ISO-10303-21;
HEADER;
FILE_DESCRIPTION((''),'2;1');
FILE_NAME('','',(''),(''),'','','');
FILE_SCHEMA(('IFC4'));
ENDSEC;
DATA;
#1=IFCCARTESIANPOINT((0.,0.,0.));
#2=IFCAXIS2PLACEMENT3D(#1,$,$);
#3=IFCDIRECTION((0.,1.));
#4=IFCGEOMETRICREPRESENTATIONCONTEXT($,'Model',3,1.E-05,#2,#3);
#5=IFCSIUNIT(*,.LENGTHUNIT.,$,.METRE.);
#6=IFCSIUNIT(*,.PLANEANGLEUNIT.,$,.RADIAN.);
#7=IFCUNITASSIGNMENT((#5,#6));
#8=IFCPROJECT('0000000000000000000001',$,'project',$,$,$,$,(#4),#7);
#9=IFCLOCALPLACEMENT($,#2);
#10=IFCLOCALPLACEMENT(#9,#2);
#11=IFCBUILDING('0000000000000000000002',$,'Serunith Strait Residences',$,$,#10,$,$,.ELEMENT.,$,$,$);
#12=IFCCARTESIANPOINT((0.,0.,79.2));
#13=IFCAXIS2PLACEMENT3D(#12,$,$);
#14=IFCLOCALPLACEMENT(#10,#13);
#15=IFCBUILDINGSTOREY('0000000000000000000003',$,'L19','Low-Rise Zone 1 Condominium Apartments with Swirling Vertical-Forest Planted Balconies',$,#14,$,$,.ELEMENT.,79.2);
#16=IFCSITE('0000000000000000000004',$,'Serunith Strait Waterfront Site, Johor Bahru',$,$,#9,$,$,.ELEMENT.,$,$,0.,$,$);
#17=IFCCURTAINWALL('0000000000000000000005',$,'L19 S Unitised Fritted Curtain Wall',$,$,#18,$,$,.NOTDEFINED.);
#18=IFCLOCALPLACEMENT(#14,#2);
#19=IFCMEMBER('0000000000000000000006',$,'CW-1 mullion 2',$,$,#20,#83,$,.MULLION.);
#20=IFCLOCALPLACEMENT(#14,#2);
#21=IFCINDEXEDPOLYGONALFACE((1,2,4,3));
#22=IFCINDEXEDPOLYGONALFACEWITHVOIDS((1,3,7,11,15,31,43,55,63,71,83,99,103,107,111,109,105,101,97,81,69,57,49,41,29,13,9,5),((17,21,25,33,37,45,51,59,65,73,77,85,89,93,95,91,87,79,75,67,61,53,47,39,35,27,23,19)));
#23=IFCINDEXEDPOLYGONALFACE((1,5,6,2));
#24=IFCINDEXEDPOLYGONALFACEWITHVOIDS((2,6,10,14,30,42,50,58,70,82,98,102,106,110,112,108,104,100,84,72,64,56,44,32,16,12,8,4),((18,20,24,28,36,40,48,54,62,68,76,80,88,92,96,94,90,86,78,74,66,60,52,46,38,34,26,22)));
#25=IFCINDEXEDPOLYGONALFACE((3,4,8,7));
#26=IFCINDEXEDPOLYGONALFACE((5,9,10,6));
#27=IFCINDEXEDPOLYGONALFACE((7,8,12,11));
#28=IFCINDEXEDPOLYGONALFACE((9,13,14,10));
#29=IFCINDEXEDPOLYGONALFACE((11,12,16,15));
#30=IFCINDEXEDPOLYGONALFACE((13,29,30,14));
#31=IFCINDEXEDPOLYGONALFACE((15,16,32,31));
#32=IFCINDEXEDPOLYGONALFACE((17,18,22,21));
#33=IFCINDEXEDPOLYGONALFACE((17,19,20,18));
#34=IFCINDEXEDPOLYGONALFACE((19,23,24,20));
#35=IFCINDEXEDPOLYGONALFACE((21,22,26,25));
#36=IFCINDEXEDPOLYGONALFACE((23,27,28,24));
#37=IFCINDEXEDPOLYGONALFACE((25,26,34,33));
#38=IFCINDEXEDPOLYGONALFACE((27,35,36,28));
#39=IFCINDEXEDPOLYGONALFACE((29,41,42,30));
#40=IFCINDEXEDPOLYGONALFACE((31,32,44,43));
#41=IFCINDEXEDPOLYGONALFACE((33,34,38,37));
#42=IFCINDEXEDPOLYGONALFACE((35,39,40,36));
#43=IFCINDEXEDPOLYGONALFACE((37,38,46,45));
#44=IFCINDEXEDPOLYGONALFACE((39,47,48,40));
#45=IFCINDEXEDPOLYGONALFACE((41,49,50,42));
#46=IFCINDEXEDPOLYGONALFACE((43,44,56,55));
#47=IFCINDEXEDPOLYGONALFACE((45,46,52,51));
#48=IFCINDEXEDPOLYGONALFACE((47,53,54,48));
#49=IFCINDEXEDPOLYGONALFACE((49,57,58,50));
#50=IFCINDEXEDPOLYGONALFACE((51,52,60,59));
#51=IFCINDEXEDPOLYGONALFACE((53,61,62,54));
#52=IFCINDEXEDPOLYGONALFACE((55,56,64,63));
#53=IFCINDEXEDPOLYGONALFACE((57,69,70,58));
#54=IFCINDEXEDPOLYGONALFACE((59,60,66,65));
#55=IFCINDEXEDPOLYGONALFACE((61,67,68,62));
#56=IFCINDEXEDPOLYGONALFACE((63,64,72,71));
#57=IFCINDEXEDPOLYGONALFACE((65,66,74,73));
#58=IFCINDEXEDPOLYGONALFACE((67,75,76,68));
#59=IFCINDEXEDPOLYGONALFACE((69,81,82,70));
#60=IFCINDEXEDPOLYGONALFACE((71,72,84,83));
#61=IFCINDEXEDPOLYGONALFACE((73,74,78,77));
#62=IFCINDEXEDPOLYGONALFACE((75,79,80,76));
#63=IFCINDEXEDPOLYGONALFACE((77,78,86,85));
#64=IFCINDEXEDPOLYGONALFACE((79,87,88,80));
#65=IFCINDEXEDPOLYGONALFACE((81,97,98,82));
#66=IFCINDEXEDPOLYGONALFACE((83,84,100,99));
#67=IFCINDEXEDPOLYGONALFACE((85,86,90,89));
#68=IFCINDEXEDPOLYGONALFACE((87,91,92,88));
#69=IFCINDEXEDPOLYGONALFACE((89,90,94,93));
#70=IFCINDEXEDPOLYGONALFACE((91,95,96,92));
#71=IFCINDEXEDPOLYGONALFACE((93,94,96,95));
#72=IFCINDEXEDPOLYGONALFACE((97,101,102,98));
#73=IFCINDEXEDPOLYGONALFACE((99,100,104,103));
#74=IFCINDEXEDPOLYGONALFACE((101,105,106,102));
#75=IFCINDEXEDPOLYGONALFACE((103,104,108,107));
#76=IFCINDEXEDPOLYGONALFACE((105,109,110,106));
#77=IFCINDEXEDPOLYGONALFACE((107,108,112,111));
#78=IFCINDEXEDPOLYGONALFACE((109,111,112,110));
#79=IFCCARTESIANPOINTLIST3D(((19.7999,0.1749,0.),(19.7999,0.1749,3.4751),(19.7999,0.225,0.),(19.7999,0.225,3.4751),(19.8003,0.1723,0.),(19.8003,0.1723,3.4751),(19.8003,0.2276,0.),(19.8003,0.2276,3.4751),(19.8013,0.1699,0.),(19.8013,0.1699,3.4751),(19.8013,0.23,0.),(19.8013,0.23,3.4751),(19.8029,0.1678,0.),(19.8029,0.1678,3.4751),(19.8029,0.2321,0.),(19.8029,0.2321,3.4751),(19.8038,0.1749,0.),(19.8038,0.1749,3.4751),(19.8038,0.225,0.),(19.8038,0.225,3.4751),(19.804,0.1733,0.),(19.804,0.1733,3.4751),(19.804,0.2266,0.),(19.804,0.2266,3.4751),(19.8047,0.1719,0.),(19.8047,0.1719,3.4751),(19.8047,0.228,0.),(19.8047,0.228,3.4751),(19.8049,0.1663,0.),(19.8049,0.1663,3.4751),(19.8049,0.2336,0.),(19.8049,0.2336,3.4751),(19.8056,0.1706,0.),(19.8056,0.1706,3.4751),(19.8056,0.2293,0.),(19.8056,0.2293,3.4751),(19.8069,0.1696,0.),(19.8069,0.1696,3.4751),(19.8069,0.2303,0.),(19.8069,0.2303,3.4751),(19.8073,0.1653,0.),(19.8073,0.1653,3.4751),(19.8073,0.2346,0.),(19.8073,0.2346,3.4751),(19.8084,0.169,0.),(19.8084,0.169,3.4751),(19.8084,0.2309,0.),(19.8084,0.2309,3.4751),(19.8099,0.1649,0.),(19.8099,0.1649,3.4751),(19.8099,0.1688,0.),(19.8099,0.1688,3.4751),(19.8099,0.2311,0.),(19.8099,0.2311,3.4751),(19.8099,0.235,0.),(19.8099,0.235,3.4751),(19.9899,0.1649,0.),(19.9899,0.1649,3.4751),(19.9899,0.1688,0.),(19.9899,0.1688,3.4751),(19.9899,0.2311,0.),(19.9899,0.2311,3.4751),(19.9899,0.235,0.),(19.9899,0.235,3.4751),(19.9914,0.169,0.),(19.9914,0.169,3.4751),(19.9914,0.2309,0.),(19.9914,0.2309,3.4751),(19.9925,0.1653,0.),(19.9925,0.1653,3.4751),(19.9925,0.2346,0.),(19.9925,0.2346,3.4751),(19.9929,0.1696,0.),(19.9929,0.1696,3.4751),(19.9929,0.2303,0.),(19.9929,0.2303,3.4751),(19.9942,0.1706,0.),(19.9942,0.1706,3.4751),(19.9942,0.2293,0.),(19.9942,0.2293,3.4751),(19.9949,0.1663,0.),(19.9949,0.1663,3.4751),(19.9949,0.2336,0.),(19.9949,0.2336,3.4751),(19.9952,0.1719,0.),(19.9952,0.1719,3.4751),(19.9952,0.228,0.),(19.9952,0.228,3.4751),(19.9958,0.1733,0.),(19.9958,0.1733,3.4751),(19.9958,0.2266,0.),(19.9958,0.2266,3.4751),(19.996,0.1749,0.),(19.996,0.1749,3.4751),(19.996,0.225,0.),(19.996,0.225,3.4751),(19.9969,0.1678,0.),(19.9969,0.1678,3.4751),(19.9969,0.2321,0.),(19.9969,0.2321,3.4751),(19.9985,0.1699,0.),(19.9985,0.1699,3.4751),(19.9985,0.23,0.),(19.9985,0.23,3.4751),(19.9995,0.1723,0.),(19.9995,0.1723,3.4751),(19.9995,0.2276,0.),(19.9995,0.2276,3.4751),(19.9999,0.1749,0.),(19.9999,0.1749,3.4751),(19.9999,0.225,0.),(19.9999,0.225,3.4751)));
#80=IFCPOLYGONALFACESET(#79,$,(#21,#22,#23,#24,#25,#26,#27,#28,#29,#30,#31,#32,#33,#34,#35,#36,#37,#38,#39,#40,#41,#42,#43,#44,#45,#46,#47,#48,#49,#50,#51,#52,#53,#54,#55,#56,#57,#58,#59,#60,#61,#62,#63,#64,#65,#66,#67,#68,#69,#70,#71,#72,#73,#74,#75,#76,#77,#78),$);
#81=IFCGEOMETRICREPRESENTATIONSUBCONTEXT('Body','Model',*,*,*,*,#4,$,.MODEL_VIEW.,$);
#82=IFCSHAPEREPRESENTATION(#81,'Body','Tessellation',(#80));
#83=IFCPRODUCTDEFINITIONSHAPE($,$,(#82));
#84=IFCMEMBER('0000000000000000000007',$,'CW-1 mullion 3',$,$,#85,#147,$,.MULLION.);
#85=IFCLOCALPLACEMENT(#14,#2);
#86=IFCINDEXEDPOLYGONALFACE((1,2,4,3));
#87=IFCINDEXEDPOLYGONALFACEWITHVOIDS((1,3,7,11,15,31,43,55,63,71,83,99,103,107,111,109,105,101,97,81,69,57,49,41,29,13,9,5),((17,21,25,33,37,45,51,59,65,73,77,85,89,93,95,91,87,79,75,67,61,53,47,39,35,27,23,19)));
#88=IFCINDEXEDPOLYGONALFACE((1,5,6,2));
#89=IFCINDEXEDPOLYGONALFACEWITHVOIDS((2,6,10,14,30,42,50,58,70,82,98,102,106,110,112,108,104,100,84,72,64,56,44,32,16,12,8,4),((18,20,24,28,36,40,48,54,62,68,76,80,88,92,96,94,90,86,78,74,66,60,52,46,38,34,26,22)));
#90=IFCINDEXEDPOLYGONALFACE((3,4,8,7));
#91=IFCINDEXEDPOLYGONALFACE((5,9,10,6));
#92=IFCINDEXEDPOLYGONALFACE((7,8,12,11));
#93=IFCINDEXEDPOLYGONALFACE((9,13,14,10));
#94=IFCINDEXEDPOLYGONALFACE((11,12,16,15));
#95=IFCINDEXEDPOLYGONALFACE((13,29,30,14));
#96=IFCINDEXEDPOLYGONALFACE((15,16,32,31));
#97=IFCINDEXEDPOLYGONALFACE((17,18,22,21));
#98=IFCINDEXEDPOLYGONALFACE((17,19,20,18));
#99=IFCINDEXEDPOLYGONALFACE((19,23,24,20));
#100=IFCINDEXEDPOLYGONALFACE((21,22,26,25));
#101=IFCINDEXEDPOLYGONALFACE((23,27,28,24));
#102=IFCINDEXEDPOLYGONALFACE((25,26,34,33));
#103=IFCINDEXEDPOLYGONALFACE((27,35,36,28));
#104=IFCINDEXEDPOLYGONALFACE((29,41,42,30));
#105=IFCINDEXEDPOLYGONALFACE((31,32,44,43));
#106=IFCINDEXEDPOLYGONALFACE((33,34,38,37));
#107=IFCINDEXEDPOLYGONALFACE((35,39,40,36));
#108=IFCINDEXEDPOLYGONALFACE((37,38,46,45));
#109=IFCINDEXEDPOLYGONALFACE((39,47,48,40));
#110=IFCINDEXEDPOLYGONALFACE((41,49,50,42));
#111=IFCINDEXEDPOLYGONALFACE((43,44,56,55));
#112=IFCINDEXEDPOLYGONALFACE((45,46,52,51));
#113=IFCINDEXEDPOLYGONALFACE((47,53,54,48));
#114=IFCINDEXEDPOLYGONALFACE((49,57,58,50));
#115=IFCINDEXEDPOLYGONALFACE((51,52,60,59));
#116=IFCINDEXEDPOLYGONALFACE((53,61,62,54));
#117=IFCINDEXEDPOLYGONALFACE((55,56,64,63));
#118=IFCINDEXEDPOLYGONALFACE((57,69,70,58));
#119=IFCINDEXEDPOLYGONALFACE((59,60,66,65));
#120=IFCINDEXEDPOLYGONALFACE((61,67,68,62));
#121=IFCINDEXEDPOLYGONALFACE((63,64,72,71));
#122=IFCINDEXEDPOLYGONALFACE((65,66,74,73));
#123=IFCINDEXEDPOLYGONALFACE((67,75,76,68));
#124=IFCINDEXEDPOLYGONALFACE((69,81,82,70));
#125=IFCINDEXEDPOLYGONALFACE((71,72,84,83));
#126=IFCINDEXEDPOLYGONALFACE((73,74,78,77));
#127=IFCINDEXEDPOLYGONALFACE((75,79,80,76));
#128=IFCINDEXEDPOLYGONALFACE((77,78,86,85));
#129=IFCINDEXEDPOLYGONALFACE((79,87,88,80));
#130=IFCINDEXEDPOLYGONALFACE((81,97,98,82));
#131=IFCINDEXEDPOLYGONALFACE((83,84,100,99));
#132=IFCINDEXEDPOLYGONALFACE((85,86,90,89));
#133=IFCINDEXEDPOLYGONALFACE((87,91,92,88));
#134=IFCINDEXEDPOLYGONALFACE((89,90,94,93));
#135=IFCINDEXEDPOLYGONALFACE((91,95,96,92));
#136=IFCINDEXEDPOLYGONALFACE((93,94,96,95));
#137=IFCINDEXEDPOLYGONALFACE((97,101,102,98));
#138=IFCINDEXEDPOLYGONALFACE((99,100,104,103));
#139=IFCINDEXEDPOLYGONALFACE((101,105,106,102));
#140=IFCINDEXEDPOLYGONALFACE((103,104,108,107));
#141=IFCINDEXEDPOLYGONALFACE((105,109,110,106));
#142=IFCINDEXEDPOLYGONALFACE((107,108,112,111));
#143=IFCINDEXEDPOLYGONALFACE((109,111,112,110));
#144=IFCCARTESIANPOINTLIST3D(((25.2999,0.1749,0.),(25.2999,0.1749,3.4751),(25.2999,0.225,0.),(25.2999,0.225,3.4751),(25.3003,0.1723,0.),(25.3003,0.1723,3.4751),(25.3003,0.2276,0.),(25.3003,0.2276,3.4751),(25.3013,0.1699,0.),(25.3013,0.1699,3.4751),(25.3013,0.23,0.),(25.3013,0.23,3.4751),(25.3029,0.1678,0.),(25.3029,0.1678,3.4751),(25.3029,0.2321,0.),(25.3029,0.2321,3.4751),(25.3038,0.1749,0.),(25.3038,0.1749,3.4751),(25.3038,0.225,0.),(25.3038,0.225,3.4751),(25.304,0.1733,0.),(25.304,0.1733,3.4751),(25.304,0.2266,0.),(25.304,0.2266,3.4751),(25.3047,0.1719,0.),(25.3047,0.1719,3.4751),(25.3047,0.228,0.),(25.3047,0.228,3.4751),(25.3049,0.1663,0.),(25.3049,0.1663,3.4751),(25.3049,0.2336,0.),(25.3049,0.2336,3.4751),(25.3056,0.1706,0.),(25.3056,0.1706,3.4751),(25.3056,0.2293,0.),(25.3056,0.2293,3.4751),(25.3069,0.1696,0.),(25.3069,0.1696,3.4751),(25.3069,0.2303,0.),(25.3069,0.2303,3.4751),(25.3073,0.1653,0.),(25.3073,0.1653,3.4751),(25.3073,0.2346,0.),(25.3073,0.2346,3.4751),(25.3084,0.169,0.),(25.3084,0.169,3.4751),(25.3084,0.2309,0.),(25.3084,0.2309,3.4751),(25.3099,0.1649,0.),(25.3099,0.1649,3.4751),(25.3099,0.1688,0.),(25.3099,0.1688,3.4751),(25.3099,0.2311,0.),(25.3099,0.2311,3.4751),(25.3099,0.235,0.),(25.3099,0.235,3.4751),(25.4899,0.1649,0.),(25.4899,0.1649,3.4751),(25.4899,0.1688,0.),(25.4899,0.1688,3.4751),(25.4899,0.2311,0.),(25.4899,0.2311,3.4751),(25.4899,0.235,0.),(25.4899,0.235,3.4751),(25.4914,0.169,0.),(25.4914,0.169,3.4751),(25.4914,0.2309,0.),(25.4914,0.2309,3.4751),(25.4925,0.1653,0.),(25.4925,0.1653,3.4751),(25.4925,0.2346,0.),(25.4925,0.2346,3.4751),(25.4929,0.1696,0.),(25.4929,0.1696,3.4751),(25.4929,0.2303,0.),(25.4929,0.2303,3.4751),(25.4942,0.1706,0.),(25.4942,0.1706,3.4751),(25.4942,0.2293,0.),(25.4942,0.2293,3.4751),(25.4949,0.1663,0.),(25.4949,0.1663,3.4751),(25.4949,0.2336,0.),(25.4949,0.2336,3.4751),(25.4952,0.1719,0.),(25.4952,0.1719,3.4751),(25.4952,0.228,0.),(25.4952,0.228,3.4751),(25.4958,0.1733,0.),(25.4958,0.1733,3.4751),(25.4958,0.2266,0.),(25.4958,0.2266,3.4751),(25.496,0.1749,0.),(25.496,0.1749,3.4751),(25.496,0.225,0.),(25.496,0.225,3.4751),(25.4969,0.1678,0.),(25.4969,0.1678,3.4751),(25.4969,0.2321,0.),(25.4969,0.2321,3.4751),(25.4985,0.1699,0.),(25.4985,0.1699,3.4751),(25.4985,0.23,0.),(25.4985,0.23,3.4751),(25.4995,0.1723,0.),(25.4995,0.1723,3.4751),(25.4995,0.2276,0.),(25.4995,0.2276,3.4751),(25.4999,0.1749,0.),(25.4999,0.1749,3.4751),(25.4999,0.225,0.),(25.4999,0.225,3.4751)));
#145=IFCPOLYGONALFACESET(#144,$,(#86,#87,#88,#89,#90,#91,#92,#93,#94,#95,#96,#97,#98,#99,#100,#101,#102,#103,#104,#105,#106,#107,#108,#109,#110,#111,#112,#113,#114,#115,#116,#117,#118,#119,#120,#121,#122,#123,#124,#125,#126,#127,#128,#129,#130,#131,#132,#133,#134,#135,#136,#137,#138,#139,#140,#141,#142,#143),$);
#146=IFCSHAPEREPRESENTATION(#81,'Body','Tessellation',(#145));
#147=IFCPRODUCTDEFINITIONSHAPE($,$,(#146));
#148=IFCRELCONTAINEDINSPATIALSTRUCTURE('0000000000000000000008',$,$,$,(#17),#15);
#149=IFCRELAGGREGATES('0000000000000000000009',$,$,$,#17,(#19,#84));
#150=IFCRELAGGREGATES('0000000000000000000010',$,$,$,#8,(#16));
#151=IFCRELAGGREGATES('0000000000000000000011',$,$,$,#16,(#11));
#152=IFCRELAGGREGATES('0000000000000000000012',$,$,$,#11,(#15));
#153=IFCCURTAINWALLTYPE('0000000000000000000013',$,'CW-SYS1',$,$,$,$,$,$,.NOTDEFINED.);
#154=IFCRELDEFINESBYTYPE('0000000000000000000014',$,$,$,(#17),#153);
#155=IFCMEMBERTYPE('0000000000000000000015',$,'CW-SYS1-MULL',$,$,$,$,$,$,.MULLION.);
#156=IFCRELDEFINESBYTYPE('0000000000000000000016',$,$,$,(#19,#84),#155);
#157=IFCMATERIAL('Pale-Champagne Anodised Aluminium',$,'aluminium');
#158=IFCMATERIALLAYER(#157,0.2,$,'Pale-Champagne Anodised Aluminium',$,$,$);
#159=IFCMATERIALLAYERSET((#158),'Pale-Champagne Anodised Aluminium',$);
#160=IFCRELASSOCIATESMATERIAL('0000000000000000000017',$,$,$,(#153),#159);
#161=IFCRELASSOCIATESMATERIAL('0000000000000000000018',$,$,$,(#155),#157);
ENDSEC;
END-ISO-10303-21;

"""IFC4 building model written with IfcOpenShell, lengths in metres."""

from ifc_helpers import new_model, si_unit, direction, frame, origin, origin_2d, place, context, subcontext, project, spatial, hollow_rectangle, extrude, source, transform, mapped, material, layer, layer_set, material_profile, profile_set, type_object, element, aggregate, save


model = new_model("IFC4")

# Units and contexts
model_context = context("Model", 3, precision=1e-05, world=origin(), true_north=direction((0.0, 1.0)))
body_context = subcontext(model_context, "Body", "Model", "MODEL_VIEW")
ifc_project = project(units=[si_unit("LENGTHUNIT", "METRE"), si_unit("PLANEANGLEUNIT", "RADIAN")], contexts=[model_context])

# Site, building, storey
site_placement = place(None, origin())
site = spatial("IfcSite", under=ifc_project, at=site_placement, Name="Serunith Strait Waterfront Site, Johor Bahru", CompositionType="ELEMENT", RefElevation=0.0)
building_placement = place(site_placement, origin())
building = spatial("IfcBuilding", under=site, at=building_placement, Name="Serunith Strait Residences", CompositionType="ELEMENT")
storey_placement = place(building_placement, frame((0.0, 0.0, 79.2)))
storey = spatial("IfcBuildingStorey", under=building, at=storey_placement, Name="L19", Description="Low-Rise Zone 1 Condominium Apartments with Swirling Vertical-Forest Planted Balconies", CompositionType="ELEMENT", Elevation=79.2)

# Curtain wall, members
ifc_material_1 = material(Name="Pale-Champagne Anodised Aluminium", Category="aluminium")
ifc_layer_1 = layer(ifc_material_1, 0.2, Name="Pale-Champagne Anodised Aluminium")
ifc_layer_set_1 = layer_set([ifc_layer_1], Name="Pale-Champagne Anodised Aluminium")
curtain_wall_type = type_object("IfcCurtainWallType", Name="CW-SYS1", PredefinedType="NOTDEFINED", material=ifc_layer_set_1)
curtain_wall_placement = place(storey_placement, origin())
curtain_wall = element("IfcCurtainWall", 1, at=curtain_wall_placement, inside=storey, type_object=curtain_wall_type, Name="L19 S Unitised Fritted Curtain Wall", PredefinedType="NOTDEFINED")
ifc_material_profile_1 = material_profile(ifc_material_1, hollow_rectangle(XDim=0.0701, YDim=0.2, WallThickness=0.0039, InnerFilletRadius=0.0061, OuterFilletRadius=0.01, at=origin_2d()), Name="ALU 200x70x4")
ifc_profile_set_1 = profile_set([ifc_material_profile_1], Name="Pale-Champagne Anodised Aluminium")
member_type_1 = type_object("IfcMemberType", Name="CW-SYS1-MULL", PredefinedType="MULLION", material=ifc_profile_set_1)
shared_shape_1 = source(origin(), body_context, "Body", "SweptSolid", [
    extrude(hollow_rectangle(XDim=0.0701, YDim=0.2, WallThickness=0.0039, InnerFilletRadius=0.0061, OuterFilletRadius=0.01, at=origin_2d()), origin(), (0.0, 0.0, 1.0), 3.4751),
])
member_1_placement = place(storey_placement, frame((19.8999, 0.2, 0.0), z_axis=(0.0, 0.0, 1.0), x_axis=(0.0, 1.0, 0.0)))
member_1 = element("IfcMember", 2, at=member_1_placement, type_object=member_type_1, Name="CW-1 mullion 2", PredefinedType="MULLION", context=body_context, shape_type="MappedRepresentation", body=[
    mapped(shared_shape_1, transform((0.0, 0.0, 0.0), scale=1.0)),
])
member_2_placement = place(storey_placement, frame((25.3999, 0.2, 0.0), z_axis=(0.0, 0.0, 1.0), x_axis=(0.0, 1.0, 0.0)))
member_2 = element("IfcMember", 3, at=member_2_placement, type_object=member_type_1, Name="CW-1 mullion 3", PredefinedType="MULLION", context=body_context, shape_type="MappedRepresentation", body=[
    mapped(shared_shape_1, transform((0.0, 0.0, 0.0), scale=1.0)),
])
aggregate(curtain_wall, [member_1, member_2])

save(model, "model.ifc")
